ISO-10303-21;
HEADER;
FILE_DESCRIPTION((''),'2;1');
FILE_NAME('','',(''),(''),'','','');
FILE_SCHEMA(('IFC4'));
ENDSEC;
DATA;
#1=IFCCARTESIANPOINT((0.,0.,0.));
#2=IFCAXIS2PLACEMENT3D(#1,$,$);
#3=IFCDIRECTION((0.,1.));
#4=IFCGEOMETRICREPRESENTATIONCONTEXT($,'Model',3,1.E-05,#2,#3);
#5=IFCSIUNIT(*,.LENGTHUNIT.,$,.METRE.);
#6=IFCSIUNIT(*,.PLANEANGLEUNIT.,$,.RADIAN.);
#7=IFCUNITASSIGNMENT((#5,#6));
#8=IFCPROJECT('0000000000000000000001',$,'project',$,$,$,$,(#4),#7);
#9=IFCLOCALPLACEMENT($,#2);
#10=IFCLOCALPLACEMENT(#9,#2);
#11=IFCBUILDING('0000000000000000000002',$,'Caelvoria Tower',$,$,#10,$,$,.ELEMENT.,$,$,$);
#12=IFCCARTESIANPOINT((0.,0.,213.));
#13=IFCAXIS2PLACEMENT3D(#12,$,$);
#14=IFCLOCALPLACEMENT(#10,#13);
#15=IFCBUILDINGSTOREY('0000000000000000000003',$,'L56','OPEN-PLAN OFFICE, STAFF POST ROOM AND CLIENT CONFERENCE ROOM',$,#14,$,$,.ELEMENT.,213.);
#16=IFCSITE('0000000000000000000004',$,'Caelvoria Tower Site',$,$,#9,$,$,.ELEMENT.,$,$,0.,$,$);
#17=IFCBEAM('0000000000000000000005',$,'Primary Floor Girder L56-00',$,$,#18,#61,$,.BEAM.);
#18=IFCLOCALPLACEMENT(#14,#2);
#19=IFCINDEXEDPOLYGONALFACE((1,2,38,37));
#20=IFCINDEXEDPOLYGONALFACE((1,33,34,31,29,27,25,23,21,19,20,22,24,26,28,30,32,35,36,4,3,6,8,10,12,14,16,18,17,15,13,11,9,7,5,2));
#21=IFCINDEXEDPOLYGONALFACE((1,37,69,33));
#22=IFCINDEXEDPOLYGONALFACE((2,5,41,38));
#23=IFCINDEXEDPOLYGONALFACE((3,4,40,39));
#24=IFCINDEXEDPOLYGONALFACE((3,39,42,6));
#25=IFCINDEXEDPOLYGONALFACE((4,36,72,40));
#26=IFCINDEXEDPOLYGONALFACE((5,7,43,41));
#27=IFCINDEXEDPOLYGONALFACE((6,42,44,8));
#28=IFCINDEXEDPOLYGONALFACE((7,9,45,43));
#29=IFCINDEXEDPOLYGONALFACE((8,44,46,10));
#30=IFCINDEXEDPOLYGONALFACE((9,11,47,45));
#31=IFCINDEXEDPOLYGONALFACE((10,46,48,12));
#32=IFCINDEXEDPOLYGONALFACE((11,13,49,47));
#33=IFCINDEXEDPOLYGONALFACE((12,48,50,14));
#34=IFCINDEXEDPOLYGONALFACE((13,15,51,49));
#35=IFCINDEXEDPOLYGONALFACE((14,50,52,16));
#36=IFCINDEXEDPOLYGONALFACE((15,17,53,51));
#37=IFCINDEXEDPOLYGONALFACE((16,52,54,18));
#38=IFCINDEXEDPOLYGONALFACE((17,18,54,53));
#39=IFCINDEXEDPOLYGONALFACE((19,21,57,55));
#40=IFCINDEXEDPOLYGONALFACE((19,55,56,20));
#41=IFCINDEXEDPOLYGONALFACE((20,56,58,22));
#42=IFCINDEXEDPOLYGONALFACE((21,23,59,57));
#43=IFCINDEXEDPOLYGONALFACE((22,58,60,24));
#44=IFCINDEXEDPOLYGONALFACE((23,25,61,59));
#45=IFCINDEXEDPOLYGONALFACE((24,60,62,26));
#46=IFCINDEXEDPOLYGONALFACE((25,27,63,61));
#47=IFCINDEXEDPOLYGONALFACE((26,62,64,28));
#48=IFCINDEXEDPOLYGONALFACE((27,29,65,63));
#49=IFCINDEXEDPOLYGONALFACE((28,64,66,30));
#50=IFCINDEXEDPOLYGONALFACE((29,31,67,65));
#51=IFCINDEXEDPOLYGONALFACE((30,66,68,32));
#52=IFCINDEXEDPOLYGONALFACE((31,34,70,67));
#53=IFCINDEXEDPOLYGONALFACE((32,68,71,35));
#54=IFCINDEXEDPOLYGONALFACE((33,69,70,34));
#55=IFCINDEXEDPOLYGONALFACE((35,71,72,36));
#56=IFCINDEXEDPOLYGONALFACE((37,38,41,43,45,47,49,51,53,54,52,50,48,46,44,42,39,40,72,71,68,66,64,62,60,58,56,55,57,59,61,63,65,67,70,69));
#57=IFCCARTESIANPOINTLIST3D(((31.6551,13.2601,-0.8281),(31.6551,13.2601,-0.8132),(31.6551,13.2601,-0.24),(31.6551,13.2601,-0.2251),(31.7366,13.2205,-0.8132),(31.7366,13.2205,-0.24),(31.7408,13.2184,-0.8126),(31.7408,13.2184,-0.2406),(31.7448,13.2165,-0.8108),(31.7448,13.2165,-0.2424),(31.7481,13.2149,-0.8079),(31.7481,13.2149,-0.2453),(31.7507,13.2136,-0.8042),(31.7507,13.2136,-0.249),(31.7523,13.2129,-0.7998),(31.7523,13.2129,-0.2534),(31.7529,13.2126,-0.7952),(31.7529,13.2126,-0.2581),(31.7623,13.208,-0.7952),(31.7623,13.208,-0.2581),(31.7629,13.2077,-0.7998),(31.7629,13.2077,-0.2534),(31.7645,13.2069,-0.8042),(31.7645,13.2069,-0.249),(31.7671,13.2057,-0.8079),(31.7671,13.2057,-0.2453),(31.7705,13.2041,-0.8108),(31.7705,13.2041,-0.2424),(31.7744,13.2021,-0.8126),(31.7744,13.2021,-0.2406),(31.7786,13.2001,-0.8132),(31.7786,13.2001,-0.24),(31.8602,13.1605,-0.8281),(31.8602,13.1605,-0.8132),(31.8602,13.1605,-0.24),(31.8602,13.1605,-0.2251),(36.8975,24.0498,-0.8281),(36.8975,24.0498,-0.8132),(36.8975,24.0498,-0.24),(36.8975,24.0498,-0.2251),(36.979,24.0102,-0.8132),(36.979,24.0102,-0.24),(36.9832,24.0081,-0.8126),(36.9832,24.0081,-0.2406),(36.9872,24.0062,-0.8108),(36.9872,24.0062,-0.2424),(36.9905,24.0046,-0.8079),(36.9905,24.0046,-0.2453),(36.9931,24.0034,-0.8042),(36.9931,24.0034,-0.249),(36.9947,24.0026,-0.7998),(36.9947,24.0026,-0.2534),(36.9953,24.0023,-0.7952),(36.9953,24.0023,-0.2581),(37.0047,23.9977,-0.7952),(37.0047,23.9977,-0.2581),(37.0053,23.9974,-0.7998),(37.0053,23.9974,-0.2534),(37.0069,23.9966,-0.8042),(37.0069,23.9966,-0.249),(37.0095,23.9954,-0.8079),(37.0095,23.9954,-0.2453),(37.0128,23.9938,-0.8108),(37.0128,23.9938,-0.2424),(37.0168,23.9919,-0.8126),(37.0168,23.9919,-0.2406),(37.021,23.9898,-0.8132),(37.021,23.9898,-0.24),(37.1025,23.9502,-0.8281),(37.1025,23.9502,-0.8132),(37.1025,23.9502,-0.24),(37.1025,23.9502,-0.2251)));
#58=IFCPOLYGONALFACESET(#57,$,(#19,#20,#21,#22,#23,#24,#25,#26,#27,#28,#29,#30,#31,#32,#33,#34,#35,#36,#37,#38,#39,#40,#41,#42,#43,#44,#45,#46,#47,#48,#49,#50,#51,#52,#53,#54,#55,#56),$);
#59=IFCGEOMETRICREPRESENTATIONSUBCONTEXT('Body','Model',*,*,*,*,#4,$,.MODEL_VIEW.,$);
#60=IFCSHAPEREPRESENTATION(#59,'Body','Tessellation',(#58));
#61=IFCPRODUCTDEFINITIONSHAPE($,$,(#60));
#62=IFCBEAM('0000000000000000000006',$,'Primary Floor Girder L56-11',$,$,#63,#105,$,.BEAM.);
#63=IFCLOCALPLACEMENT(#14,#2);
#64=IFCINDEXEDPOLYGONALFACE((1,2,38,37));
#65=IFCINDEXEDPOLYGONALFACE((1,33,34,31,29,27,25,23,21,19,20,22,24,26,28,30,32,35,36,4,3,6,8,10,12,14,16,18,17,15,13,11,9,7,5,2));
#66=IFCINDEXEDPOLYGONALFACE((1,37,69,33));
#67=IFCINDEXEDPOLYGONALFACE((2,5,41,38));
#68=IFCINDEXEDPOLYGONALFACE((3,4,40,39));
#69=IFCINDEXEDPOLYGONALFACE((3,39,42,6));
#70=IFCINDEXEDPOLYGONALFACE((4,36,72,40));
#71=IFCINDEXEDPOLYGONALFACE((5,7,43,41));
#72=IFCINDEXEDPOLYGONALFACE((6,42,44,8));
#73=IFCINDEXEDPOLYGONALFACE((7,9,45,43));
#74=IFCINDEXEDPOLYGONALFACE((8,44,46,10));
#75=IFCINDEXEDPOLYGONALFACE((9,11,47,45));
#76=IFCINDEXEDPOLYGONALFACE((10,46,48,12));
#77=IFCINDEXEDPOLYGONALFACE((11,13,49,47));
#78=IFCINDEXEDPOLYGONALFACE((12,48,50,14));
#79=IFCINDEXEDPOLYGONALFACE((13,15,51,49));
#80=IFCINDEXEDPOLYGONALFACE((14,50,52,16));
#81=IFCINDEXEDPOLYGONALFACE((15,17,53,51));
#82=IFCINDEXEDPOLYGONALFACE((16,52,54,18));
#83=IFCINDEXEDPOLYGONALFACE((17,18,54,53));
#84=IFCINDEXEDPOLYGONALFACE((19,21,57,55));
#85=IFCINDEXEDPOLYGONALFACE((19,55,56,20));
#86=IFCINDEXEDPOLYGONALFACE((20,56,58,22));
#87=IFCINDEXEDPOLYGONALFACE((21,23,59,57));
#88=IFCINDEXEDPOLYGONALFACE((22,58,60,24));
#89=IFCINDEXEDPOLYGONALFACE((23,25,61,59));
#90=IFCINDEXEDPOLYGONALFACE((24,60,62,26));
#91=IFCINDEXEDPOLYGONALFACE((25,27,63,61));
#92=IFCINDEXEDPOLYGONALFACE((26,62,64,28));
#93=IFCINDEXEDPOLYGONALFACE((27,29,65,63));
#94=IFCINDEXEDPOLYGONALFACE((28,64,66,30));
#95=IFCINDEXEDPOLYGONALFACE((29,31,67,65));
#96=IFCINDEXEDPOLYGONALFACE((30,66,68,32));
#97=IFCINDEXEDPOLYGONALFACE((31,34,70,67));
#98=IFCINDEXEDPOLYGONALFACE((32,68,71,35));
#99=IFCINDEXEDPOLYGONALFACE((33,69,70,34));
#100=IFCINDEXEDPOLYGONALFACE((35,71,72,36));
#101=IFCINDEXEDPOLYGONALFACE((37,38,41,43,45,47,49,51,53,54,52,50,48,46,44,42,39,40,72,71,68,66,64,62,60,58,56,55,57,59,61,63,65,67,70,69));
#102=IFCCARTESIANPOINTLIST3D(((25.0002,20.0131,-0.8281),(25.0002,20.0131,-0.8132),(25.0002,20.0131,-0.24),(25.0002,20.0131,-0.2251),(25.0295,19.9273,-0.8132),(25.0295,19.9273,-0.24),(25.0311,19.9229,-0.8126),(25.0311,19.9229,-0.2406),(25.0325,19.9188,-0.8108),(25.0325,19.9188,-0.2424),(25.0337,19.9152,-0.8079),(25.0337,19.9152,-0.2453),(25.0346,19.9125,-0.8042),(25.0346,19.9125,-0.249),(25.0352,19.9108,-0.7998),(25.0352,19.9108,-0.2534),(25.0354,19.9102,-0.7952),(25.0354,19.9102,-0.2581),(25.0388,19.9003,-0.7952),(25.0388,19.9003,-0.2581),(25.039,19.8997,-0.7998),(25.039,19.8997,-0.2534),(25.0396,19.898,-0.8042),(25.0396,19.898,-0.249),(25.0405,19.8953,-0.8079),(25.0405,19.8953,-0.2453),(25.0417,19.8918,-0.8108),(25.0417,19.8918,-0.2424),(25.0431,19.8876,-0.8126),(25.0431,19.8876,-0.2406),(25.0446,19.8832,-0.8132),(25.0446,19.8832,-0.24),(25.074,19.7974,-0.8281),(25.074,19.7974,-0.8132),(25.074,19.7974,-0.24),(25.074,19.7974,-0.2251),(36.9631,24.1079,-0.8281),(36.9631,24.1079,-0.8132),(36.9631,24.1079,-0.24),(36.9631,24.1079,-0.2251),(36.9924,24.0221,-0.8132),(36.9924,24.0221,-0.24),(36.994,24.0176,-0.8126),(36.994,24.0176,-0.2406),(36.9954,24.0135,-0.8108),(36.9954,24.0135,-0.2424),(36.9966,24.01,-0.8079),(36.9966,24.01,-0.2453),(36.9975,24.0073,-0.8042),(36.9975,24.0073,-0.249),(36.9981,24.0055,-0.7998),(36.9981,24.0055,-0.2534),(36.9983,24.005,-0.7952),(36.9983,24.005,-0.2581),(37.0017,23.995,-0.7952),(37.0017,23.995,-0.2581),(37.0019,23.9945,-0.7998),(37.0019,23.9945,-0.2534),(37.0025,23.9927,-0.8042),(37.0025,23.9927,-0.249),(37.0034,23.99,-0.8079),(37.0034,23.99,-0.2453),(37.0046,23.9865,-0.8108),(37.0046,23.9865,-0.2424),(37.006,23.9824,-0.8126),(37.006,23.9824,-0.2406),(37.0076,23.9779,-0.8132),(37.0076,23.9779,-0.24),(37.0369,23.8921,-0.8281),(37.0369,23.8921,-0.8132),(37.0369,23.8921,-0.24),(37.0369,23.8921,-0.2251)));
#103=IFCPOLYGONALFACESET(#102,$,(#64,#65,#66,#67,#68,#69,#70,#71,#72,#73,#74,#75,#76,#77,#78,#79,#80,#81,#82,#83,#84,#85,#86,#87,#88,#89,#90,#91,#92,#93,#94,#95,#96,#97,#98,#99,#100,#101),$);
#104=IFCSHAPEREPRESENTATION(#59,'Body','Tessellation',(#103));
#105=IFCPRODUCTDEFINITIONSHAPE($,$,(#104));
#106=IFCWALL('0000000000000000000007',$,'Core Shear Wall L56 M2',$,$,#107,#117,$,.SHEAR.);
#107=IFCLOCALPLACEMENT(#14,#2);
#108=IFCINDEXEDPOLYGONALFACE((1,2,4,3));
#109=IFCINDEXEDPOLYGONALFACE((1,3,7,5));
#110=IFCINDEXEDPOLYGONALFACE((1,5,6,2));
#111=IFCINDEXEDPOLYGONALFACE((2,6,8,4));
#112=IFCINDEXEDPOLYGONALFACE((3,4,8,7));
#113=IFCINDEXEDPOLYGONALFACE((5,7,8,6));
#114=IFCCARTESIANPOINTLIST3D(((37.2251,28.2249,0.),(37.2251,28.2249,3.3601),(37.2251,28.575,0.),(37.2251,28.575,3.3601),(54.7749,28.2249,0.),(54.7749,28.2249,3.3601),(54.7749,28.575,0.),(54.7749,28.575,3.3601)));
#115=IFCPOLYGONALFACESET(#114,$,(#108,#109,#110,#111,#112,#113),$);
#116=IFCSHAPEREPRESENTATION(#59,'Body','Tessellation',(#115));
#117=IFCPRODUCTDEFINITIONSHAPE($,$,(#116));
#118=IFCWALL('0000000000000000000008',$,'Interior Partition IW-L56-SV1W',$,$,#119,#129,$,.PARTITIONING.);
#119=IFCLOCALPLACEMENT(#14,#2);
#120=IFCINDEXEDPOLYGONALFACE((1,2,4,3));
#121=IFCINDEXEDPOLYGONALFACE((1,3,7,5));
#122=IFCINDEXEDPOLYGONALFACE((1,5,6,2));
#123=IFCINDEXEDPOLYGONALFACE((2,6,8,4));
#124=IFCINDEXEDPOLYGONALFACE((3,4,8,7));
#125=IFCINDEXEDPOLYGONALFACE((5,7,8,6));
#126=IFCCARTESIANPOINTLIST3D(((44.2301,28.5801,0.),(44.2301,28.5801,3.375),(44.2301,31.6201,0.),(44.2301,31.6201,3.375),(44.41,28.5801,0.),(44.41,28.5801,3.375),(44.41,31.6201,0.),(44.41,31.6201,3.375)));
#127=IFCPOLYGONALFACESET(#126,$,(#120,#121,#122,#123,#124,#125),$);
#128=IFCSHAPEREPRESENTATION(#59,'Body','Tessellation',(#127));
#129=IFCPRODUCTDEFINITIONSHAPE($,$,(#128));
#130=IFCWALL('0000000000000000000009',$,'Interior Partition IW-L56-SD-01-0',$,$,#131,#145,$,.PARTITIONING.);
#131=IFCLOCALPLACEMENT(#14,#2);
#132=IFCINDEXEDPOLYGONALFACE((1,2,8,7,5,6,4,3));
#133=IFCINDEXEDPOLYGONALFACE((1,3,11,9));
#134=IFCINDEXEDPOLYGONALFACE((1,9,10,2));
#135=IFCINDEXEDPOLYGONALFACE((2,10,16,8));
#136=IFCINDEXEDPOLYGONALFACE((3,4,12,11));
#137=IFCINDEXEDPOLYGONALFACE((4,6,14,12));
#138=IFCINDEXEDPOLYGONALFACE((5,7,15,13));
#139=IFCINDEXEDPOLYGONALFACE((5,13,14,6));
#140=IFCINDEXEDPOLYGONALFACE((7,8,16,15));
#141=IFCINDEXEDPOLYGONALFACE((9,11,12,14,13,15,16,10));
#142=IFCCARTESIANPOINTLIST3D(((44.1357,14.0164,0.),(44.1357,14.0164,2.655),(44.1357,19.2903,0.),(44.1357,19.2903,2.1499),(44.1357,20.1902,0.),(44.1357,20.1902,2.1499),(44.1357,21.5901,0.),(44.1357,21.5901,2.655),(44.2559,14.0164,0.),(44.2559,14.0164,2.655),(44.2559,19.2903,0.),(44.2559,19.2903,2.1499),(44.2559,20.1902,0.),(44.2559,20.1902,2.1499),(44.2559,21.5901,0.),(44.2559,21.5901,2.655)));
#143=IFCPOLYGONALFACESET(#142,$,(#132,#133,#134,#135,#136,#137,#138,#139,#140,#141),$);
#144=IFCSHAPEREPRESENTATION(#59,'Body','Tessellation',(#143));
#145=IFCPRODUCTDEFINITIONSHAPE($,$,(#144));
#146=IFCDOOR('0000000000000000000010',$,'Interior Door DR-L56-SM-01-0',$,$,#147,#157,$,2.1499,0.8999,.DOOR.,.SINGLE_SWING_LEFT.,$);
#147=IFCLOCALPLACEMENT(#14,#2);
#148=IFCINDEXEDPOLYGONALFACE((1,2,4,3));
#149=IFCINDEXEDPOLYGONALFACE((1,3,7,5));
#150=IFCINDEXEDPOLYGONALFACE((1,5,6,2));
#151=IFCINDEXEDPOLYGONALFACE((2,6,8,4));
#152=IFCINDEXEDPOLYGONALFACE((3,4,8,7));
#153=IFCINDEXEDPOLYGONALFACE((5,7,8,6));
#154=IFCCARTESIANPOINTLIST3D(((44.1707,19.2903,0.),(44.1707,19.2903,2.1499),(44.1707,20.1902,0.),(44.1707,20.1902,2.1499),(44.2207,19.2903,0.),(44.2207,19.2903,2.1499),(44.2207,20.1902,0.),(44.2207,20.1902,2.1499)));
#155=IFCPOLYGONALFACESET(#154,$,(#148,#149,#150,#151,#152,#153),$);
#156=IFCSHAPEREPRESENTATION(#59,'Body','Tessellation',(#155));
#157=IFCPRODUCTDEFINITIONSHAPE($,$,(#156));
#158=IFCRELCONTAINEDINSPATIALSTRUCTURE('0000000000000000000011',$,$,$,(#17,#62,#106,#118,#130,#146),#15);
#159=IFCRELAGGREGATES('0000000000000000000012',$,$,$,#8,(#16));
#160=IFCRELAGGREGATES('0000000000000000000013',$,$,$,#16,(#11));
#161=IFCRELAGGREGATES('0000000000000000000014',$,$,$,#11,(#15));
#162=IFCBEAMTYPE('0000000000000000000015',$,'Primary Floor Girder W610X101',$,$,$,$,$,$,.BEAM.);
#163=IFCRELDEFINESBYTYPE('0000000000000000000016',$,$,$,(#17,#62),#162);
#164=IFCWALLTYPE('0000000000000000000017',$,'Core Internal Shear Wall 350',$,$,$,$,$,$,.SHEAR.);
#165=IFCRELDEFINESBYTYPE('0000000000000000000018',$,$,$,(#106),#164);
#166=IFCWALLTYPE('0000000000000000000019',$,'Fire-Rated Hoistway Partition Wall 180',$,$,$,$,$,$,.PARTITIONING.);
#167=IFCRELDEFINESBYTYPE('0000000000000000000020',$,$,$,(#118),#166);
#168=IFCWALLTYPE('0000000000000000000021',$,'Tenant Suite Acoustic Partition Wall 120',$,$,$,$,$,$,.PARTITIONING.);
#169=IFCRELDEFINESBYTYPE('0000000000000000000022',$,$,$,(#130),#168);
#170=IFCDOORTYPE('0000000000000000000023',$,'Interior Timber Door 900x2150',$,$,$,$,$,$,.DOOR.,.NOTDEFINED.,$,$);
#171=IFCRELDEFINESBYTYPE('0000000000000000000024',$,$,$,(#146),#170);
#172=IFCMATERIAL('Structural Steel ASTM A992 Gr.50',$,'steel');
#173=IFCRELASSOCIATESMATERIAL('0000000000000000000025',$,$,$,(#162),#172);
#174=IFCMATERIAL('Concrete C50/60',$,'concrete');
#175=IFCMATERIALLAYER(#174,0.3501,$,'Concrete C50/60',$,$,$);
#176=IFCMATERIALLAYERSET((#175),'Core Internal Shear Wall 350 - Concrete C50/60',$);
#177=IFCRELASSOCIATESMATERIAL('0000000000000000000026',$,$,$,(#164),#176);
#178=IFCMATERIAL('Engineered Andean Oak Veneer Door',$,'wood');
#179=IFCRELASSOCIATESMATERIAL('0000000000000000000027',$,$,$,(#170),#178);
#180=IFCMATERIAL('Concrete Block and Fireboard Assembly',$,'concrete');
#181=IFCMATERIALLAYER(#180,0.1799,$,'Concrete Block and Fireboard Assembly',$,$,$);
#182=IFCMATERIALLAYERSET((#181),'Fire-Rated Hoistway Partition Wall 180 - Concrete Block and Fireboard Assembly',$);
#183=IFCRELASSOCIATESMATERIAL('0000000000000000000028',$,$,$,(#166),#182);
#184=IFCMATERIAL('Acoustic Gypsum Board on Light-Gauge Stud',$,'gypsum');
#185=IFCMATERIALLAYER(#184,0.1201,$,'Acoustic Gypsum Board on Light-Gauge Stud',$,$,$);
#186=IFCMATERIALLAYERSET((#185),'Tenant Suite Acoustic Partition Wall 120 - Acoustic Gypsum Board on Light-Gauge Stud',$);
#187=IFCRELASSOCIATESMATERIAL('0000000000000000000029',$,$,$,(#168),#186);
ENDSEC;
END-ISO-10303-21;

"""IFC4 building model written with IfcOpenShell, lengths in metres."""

from ifc_helpers import new_model, si_unit, direction, frame, frame_2d, origin, origin_2d, place, context, subcontext, project, spatial, rectangle, i_section, extrude, material, layer, layer_set, material_profile, profile_set, type_object, element, fill, save


model = new_model("IFC4")

# Units and contexts
model_context = context("Model", 3, precision=1e-05, world=origin(), true_north=direction((0.0, 1.0)))
body_context = subcontext(model_context, "Body", "Model", "MODEL_VIEW")
ifc_project = project(units=[si_unit("LENGTHUNIT", "METRE"), si_unit("PLANEANGLEUNIT", "RADIAN")], contexts=[model_context])

# Site, building, storey
site_placement = place(None, origin())
site = spatial("IfcSite", under=ifc_project, at=site_placement, Name="Caelvoria Tower Site", CompositionType="ELEMENT", RefElevation=0.0)
building_placement = place(site_placement, origin())
building = spatial("IfcBuilding", under=site, at=building_placement, Name="Caelvoria Tower", CompositionType="ELEMENT")
storey_placement = place(building_placement, frame((0.0, 0.0, 213.0)))
storey = spatial("IfcBuildingStorey", under=building, at=storey_placement, Name="L56", Description="OPEN-PLAN OFFICE, STAFF POST ROOM AND CLIENT CONFERENCE ROOM", CompositionType="ELEMENT", Elevation=213.0)

# Beams
ifc_material_1 = material(Name="Structural Steel ASTM A992 Gr.50", Category="steel")
ifc_material_profile = material_profile(ifc_material_1, i_section(OverallWidth=0.228, OverallDepth=0.603, WebThickness=0.0105, FlangeThickness=0.0149, FilletRadius=0.0181, at=origin_2d()), Name="Structural Steel ASTM A992 Gr.50")
ifc_profile_set = profile_set([ifc_material_profile], Name="W610X101 - Structural Steel ASTM A992 Gr.50")
beam_type = type_object("IfcBeamType", Name="Primary Floor Girder W610X101", PredefinedType="BEAM", material=ifc_profile_set)
beam_1_placement = place(storey_placement, frame((37.0, 24.0, -0.5266), z_axis=(-0.437017, -0.899453, 0.0), x_axis=(0.899453, -0.437017, 0.0)))
element("IfcBeam", 1, at=beam_1_placement, inside=storey, type_object=beam_type, Name="Primary Floor Girder L56-00", PredefinedType="BEAM", context=body_context, shape_type="SweptSolid", body=[
    extrude(i_section(OverallWidth=0.228, OverallDepth=0.603, WebThickness=0.0105, FlangeThickness=0.0149, FilletRadius=0.0181, at=origin_2d()), origin(), (0.0, 0.0, 1.0), 11.9958),
])
beam_2_placement = place(storey_placement, frame((37.0, 24.0, -0.5266), z_axis=(-0.946112, -0.323841, 0.0), x_axis=(0.323841, -0.946112, 0.0)))
element("IfcBeam", 2, at=beam_2_placement, inside=storey, type_object=beam_type, Name="Primary Floor Girder L56-11", PredefinedType="BEAM", context=body_context, shape_type="SweptSolid", body=[
    extrude(i_section(OverallWidth=0.228, OverallDepth=0.603, WebThickness=0.0105, FlangeThickness=0.0149, FilletRadius=0.0181, at=origin_2d()), origin(), (0.0, 0.0, 1.0), 12.6443),
])

# Shared definitions
ifc_material_2 = material(Name="Concrete C50/60", Category="concrete")
ifc_layer_1 = layer(ifc_material_2, 0.3501, Name="Concrete C50/60")
ifc_layer_set_1 = layer_set([ifc_layer_1], Name="Core Internal Shear Wall 350 - Concrete C50/60")
wall_type_1 = type_object("IfcWallType", Name="Core Internal Shear Wall 350", PredefinedType="SHEAR", material=ifc_layer_set_1)

# Wall
wall_1_placement = place(storey_placement, frame((37.2251, 28.3999, 0.0), z_axis=(0.0, 0.0, 1.0), x_axis=(1.0, 0.0, 0.0)))
element("IfcWall", 3, at=wall_1_placement, inside=storey, type_object=wall_type_1, Name="Core Shear Wall L56 M2", PredefinedType="SHEAR", context=body_context, shape_type="SweptSolid", body=[
    extrude(rectangle(XDim=17.5498, YDim=0.3501, at=frame_2d((8.7749, 0.0))), origin(), (0.0, 0.0, 1.0), 3.3601),
])

# Shared definitions
ifc_material_3 = material(Name="Engineered Andean Oak Veneer Door", Category="wood")
door_type_1 = type_object("IfcDoorType", Name="Interior Timber Door 900x2150", OperationType="NOTDEFINED", PredefinedType="DOOR", material=ifc_material_3)

# Wall
ifc_material_4 = material(Name="Concrete Block and Fireboard Assembly", Category="concrete")
ifc_layer_2 = layer(ifc_material_4, 0.1799, Name="Concrete Block and Fireboard Assembly")
ifc_layer_set_2 = layer_set([ifc_layer_2], Name="Fire-Rated Hoistway Partition Wall 180 - Concrete Block and Fireboard Assembly")
wall_type_2 = type_object("IfcWallType", Name="Fire-Rated Hoistway Partition Wall 180", PredefinedType="PARTITIONING", material=ifc_layer_set_2)
wall_2_placement = place(storey_placement, frame((44.3201, 28.5801, 0.0), z_axis=(0.0, 0.0, 1.0), x_axis=(0.0, 1.0, 0.0)))
element("IfcWall", 4, at=wall_2_placement, inside=storey, type_object=wall_type_2, Name="Interior Partition IW-L56-SV1W", PredefinedType="PARTITIONING", context=body_context, shape_type="SweptSolid", body=[
    extrude(rectangle(XDim=3.04, YDim=0.1799, at=frame_2d((1.52, 0.0))), origin(), (0.0, 0.0, 1.0), 3.375),
])

# Wall, opening, door
ifc_material_5 = material(Name="Acoustic Gypsum Board on Light-Gauge Stud", Category="gypsum")
ifc_layer_3 = layer(ifc_material_5, 0.1201, Name="Acoustic Gypsum Board on Light-Gauge Stud")
ifc_layer_set_3 = layer_set([ifc_layer_3], Name="Tenant Suite Acoustic Partition Wall 120 - Acoustic Gypsum Board on Light-Gauge Stud")
wall_type_3 = type_object("IfcWallType", Name="Tenant Suite Acoustic Partition Wall 120", PredefinedType="PARTITIONING", material=ifc_layer_set_3)
wall_3_placement = place(storey_placement, frame((44.1958, 21.5901, 0.0), z_axis=(0.0, 0.0, 1.0), x_axis=(0.0, -1.0, 0.0)))
wall_3 = element("IfcWall", 5, at=wall_3_placement, inside=storey, type_object=wall_type_3, Name="Interior Partition IW-L56-SD-01-0", PredefinedType="PARTITIONING", context=body_context, shape_type="SweptSolid", body=[
    extrude(rectangle(XDim=7.5737, YDim=0.1201, at=frame_2d((3.7869, 0.0))), origin(), (0.0, 0.0, 1.0), 2.655),
])
opening_1_placement = place(wall_3_placement, frame((1.3999, 0.0, 0.0)))
opening_1 = element("IfcOpeningElement", 6, at=opening_1_placement, cuts=wall_3, PredefinedType="OPENING", context=body_context, shape_type="SweptSolid", body=[
    extrude(rectangle(XDim=0.8999, YDim=2.1499, at=frame_2d((0.45, 1.075))), frame((0.0, 0.0701, 0.0), z_axis=(0.0, -1.0, 0.0), x_axis=(1.0, 0.0, 0.0)), (0.0, 0.0, 1.0), 0.1401),
])
door_1_placement = place(opening_1_placement, origin())
door_1 = element("IfcDoor", 7, at=door_1_placement, inside=storey, type_object=door_type_1, Name="Interior Door DR-L56-SM-01-0", OperationType="SINGLE_SWING_LEFT", OverallHeight=2.1499, OverallWidth=0.8999, PredefinedType="DOOR", context=body_context, shape_type="SweptSolid", body=[
    extrude(rectangle(XDim=0.8999, YDim=2.1499, at=frame_2d((0.45, 1.075))), frame((0.0, 0.0249, 0.0), z_axis=(0.0, -1.0, 0.0), x_axis=(1.0, 0.0, 0.0)), (0.0, 0.0, 1.0), 0.05),
])
fill(opening_1, door_1)

save(model, "model.ifc")
